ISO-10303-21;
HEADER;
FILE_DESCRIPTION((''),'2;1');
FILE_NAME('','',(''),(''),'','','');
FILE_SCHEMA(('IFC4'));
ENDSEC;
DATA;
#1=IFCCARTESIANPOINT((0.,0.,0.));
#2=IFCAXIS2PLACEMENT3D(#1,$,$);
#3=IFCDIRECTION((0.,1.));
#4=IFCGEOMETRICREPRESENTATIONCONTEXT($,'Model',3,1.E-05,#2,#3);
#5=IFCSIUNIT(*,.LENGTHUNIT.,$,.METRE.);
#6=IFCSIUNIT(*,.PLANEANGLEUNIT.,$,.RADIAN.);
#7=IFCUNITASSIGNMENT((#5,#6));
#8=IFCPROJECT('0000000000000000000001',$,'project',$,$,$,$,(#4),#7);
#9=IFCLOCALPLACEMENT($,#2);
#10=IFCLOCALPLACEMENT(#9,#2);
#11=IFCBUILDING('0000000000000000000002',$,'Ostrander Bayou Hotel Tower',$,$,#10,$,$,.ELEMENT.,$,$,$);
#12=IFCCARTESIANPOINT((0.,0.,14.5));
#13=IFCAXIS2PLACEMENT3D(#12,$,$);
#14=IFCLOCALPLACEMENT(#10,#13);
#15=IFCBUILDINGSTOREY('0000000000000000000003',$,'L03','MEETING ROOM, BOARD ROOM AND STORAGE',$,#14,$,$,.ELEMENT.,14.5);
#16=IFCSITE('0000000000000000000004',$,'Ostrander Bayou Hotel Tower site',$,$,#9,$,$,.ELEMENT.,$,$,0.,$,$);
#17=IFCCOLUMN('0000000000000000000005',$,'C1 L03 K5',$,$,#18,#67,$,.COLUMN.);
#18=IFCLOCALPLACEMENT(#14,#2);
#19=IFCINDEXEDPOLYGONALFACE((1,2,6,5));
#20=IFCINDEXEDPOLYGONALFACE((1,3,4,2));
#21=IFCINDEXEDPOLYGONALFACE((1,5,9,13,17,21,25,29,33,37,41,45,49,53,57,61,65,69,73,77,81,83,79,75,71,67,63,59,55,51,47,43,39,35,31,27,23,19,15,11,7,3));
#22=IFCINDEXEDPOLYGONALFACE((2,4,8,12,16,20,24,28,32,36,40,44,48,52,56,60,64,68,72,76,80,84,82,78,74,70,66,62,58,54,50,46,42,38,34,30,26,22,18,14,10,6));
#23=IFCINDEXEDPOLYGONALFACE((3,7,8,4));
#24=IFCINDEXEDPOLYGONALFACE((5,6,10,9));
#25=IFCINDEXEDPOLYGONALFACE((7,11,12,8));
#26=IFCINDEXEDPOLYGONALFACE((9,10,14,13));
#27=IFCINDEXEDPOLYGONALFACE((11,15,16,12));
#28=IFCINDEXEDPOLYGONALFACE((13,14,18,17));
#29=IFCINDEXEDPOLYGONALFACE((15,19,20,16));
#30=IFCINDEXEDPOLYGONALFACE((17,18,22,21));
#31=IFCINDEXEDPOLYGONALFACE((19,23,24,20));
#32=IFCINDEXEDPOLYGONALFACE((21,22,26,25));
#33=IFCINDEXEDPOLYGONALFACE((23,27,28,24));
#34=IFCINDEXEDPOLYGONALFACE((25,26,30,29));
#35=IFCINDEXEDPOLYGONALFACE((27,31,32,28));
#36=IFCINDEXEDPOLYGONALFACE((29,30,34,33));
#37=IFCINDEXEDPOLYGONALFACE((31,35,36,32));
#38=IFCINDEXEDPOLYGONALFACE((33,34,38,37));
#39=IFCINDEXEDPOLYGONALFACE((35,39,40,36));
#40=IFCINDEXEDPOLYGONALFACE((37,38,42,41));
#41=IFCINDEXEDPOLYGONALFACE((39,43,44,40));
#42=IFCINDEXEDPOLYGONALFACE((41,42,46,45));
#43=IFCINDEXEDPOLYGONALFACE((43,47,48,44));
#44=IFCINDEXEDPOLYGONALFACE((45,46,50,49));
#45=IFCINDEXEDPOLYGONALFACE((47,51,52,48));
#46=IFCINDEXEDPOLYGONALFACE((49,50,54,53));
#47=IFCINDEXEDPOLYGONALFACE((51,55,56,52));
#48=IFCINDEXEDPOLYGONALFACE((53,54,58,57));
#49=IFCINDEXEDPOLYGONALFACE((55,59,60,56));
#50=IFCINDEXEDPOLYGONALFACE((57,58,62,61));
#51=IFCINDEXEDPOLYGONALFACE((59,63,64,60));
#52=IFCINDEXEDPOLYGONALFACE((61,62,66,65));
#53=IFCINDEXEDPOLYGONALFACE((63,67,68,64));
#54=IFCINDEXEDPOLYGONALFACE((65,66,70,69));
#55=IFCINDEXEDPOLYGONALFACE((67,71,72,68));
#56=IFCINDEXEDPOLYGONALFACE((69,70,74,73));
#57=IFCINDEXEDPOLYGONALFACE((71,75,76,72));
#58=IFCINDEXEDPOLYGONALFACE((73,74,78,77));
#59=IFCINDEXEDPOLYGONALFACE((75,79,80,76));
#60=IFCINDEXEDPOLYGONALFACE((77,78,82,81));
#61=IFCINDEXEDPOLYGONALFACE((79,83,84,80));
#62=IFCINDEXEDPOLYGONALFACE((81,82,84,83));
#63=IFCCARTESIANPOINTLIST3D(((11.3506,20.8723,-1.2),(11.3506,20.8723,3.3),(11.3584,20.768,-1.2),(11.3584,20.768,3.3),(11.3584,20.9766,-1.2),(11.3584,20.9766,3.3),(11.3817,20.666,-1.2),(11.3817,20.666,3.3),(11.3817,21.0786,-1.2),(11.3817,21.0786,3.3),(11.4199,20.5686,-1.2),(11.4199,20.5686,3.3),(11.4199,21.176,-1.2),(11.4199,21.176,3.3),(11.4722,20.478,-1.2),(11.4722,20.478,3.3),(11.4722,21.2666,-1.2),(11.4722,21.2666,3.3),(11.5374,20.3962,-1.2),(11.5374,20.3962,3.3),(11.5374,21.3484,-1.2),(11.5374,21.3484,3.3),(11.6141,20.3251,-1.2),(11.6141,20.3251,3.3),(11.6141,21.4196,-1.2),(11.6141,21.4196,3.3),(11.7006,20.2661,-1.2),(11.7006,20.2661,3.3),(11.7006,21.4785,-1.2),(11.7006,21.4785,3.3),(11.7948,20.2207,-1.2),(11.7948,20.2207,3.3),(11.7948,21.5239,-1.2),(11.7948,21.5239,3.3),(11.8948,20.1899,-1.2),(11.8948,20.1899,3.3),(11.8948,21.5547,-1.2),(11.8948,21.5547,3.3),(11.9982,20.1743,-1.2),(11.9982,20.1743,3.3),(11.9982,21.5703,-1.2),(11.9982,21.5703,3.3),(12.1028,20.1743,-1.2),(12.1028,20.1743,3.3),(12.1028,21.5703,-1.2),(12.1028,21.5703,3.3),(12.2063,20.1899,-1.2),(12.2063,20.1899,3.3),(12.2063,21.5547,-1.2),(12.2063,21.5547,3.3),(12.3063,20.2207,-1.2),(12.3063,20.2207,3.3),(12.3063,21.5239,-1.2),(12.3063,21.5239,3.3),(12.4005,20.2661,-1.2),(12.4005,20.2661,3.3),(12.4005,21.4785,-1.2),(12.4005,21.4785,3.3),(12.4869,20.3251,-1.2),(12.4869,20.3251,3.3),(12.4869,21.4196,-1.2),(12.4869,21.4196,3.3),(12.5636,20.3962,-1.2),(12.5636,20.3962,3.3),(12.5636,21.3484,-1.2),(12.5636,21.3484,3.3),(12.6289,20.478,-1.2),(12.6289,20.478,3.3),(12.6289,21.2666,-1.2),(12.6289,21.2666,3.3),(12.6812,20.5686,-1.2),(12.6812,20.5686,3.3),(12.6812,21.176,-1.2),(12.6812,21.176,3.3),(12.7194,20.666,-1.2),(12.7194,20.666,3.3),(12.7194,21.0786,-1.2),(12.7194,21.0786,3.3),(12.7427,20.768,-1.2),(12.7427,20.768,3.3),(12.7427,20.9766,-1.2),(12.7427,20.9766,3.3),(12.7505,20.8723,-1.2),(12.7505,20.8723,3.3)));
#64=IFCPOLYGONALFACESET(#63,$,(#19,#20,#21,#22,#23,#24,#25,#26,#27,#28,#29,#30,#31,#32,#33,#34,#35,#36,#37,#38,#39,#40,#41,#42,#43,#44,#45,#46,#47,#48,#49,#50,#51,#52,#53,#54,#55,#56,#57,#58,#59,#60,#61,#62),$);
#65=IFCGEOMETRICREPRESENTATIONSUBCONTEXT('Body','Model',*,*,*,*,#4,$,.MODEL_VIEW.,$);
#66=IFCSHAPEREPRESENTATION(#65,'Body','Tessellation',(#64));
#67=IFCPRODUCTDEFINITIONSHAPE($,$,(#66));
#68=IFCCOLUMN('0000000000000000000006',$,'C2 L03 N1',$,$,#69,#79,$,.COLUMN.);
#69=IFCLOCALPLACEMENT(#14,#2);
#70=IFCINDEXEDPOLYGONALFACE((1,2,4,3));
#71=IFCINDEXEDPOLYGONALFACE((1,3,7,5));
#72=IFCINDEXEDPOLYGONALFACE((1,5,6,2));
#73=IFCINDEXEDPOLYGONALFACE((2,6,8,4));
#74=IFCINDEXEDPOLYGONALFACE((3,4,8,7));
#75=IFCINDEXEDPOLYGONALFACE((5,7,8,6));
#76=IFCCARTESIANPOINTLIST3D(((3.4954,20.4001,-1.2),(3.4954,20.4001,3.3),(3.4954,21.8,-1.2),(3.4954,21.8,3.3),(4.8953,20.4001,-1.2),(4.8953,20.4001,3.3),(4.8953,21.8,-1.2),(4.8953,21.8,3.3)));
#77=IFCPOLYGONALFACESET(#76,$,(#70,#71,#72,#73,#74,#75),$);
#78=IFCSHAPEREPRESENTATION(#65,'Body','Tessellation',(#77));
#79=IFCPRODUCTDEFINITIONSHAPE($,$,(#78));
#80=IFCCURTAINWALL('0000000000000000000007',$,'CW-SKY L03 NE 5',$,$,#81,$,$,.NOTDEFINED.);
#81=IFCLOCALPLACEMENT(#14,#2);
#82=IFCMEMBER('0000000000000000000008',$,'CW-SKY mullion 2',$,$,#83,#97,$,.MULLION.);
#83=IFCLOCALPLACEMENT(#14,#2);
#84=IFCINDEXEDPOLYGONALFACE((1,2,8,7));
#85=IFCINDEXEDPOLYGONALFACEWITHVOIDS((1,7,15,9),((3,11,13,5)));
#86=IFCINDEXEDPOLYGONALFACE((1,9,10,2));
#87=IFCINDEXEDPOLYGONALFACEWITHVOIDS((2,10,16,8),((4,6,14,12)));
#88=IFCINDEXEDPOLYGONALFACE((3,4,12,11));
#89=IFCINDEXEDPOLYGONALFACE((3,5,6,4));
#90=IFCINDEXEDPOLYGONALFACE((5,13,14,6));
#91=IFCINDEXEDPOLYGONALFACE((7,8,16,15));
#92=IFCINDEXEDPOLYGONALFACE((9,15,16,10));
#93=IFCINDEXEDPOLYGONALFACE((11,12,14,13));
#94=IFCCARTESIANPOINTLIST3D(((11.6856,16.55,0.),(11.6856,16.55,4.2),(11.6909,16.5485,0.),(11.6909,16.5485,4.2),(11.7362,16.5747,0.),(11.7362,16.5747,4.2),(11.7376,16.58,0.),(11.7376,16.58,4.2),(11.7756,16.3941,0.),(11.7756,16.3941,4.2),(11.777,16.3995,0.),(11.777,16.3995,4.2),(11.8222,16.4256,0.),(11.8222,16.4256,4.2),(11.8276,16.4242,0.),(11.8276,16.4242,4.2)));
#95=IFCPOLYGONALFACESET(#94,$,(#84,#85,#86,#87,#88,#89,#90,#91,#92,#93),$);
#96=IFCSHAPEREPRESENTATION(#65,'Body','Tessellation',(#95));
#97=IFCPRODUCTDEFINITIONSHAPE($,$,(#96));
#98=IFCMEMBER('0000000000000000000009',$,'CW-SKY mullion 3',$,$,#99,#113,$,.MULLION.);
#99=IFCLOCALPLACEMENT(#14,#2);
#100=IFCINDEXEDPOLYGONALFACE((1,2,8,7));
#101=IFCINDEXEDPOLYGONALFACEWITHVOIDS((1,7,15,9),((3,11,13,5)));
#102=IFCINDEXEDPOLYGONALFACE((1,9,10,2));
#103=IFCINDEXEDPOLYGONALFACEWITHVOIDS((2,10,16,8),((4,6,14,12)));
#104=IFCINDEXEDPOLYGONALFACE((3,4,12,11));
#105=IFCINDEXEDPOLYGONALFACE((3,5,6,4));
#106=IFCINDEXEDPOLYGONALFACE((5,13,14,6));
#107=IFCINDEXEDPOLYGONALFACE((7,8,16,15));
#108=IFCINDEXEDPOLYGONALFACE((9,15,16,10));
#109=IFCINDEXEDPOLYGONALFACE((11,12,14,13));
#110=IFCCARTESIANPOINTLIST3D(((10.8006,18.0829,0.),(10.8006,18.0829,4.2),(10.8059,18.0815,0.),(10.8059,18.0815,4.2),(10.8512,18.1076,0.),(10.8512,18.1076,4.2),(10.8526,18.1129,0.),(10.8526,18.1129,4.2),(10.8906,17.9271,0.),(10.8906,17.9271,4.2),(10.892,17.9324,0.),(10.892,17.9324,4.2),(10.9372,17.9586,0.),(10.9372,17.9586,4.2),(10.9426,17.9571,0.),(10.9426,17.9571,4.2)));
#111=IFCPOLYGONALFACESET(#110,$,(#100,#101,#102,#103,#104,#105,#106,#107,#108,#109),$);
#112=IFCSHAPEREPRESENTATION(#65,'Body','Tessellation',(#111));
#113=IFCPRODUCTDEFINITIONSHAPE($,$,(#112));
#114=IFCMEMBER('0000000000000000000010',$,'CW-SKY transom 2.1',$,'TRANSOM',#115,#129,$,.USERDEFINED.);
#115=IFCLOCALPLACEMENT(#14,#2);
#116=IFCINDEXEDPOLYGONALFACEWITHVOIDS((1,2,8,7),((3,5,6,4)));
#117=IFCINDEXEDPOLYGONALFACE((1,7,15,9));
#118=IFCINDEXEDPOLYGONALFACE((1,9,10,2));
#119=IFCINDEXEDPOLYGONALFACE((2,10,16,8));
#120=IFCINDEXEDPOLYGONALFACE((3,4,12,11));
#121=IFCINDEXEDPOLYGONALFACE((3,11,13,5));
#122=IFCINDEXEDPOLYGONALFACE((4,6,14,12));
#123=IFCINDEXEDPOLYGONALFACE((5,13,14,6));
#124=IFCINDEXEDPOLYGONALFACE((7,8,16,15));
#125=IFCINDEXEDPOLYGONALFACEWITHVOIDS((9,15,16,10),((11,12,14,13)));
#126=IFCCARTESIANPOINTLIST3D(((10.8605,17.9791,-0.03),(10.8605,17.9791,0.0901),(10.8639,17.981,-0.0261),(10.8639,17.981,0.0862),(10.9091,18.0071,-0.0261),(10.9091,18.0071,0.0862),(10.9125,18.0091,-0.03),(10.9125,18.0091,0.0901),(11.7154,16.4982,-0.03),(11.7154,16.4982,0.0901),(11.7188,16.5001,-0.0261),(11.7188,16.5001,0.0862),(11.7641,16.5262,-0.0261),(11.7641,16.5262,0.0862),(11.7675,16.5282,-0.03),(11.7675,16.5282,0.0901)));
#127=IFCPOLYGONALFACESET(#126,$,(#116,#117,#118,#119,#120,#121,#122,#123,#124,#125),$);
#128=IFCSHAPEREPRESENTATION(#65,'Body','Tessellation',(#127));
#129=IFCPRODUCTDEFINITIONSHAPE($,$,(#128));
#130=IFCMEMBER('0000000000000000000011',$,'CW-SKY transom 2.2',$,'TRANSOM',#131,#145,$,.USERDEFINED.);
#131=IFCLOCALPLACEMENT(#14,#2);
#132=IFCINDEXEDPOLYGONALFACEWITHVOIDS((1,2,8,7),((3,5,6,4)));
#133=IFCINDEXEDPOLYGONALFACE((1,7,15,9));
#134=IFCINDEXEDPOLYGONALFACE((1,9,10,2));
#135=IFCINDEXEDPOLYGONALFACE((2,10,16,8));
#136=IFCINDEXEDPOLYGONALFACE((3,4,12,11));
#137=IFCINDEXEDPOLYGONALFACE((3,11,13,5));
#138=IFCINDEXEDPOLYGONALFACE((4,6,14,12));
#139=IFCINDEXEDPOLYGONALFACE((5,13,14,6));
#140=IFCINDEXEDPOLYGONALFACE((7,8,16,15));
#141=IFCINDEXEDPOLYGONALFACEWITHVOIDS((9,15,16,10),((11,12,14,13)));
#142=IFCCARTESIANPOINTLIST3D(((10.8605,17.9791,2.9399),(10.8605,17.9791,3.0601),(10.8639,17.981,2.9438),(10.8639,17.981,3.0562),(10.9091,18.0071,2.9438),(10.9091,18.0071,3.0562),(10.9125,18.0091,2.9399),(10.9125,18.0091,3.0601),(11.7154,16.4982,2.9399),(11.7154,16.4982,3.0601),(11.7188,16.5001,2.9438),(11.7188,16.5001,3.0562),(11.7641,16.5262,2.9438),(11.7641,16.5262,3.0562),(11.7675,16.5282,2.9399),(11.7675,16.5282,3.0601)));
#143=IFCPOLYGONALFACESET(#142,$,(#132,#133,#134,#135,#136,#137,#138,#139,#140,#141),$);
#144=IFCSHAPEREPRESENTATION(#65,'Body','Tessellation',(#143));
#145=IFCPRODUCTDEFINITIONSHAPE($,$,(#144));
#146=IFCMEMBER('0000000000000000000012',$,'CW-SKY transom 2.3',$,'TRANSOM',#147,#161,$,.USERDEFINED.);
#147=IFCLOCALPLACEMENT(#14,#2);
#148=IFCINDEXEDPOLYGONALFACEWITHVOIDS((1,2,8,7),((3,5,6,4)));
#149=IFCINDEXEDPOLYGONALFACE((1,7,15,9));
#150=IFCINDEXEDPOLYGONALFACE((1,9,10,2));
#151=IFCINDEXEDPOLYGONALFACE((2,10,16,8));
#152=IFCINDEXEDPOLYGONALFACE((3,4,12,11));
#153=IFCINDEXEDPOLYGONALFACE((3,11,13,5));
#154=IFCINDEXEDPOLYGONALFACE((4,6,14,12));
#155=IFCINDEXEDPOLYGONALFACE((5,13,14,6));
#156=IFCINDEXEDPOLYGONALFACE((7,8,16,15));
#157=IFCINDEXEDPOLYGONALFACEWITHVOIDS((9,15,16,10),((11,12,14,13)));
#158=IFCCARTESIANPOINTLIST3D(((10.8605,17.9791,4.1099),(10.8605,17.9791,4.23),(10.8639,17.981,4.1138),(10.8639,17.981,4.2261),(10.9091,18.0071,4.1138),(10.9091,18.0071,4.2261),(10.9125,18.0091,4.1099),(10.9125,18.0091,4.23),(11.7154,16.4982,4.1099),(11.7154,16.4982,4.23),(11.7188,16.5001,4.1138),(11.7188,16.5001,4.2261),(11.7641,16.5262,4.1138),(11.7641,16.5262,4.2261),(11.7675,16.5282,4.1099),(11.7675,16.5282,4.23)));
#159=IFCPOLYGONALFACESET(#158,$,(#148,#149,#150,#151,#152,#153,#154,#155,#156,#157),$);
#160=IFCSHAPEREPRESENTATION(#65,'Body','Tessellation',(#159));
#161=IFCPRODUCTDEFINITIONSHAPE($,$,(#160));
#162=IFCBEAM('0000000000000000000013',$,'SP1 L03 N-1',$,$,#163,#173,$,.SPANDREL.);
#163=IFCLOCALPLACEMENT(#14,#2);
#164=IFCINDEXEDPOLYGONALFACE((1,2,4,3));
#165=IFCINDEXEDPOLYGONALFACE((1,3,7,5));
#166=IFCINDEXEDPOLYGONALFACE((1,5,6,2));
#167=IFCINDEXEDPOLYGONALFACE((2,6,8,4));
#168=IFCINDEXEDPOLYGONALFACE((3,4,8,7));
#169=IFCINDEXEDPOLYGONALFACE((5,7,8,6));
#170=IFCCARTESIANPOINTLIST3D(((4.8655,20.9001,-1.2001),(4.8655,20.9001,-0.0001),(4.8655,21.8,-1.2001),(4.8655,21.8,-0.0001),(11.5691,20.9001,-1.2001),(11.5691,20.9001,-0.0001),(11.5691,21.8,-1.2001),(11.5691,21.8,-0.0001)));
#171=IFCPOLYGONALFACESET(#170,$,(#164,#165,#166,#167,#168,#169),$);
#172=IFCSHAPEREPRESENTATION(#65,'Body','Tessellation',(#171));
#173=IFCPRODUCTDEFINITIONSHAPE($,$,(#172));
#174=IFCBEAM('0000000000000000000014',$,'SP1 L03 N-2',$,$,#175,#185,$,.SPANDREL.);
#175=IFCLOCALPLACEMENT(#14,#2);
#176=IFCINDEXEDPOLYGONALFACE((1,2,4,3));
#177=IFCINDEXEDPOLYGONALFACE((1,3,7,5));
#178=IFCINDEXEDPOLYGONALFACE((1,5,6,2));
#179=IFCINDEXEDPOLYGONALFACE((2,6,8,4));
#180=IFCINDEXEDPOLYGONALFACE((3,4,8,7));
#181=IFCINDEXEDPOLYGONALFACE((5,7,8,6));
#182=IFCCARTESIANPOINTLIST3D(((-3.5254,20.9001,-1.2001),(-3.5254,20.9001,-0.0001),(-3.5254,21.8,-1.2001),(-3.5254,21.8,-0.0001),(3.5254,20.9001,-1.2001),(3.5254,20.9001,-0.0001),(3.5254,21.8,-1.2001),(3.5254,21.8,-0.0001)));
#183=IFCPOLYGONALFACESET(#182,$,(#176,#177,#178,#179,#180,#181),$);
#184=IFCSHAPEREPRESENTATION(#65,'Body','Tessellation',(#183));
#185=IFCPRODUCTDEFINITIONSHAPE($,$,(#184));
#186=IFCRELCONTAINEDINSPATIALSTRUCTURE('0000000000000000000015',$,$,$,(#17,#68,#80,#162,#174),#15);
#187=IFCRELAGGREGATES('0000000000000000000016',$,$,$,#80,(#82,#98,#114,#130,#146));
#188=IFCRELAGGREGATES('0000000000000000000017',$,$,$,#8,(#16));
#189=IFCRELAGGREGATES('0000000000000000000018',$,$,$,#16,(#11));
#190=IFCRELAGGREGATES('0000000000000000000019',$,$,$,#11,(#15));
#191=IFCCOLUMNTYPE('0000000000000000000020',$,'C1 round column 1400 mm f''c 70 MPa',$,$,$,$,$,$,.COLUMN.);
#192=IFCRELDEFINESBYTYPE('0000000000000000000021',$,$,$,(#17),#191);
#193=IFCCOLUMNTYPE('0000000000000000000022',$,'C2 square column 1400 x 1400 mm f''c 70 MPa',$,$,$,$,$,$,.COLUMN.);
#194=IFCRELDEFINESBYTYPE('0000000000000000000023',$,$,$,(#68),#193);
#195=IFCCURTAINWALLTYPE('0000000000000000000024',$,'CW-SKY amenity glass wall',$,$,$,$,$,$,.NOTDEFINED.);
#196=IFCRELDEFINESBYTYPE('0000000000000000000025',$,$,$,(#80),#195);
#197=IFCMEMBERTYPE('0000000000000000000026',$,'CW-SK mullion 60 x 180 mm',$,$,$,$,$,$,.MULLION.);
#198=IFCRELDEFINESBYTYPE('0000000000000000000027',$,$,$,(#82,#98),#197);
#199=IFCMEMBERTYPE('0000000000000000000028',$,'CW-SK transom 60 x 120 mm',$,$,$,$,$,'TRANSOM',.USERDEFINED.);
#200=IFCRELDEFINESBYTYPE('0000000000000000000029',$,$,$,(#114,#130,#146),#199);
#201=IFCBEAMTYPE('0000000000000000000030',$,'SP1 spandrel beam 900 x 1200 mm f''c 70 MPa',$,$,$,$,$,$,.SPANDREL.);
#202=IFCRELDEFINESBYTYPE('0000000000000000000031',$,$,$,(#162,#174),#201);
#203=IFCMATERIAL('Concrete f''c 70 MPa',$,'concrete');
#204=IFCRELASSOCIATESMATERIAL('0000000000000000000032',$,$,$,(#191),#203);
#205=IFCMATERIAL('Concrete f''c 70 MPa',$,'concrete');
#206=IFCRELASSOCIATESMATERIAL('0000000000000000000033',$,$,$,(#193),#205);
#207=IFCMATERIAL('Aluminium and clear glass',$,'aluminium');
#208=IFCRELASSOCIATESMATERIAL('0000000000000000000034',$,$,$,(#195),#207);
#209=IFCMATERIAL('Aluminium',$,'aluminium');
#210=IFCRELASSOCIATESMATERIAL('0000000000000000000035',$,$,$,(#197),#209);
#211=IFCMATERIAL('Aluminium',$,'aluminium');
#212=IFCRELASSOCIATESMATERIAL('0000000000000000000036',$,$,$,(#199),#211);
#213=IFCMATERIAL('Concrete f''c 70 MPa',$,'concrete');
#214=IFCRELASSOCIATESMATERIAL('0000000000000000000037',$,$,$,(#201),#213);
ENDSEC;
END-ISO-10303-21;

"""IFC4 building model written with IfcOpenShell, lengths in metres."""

from ifc_helpers import new_model, si_unit, direction, frame, origin, origin_2d, place, context, subcontext, project, spatial, rectangle, hollow_rectangle, circle, extrude, material, material_profile, profile_set, type_object, element, aggregate, save


model = new_model("IFC4")

# Units and contexts
model_context = context("Model", 3, precision=1e-05, world=origin(), true_north=direction((0.0, 1.0)))
body_context = subcontext(model_context, "Body", "Model", "MODEL_VIEW")
ifc_project = project(units=[si_unit("LENGTHUNIT", "METRE"), si_unit("PLANEANGLEUNIT", "RADIAN")], contexts=[model_context])

# Site, building, storey
site_placement = place(None, origin())
site = spatial("IfcSite", under=ifc_project, at=site_placement, Name="Ostrander Bayou Hotel Tower site", CompositionType="ELEMENT", RefElevation=0.0)
building_placement = place(site_placement, origin())
building = spatial("IfcBuilding", under=site, at=building_placement, Name="Ostrander Bayou Hotel Tower", CompositionType="ELEMENT")
storey_placement = place(building_placement, frame((0.0, 0.0, 14.5)))
storey = spatial("IfcBuildingStorey", under=building, at=storey_placement, Name="L03", Description="MEETING ROOM, BOARD ROOM AND STORAGE", CompositionType="ELEMENT", Elevation=14.5)

# Columns
ifc_material_1 = material(Name="Concrete f'c 70 MPa", Category="concrete")
ifc_material_profile_1 = material_profile(ifc_material_1, circle(Radius=0.7, at=origin_2d()))
ifc_profile_set_1 = profile_set([ifc_material_profile_1], Name="Concrete f'c 70 MPa")
column_type_1 = type_object("IfcColumnType", Name="C1 round column 1400 mm f'c 70 MPa", PredefinedType="COLUMN", material=ifc_profile_set_1)
column_1_placement = place(storey_placement, frame((12.0505, 20.8723, -1.2), z_axis=(0.0, 0.0, 1.0), x_axis=(1.0, 0.0, 0.0)))
element("IfcColumn", 1, at=column_1_placement, inside=storey, type_object=column_type_1, Name="C1 L03 K5", PredefinedType="COLUMN", context=body_context, shape_type="SweptSolid", body=[
    extrude(circle(Radius=0.7, at=origin_2d()), origin(), (0.0, 0.0, 1.0), 4.5),
])
ifc_material_2 = material(Name="Concrete f'c 70 MPa", Category="concrete")
ifc_material_profile_2 = material_profile(ifc_material_2, rectangle(XDim=1.3999, YDim=1.3999, at=origin_2d()))
ifc_profile_set_2 = profile_set([ifc_material_profile_2], Name="Concrete f'c 70 MPa")
column_type_2 = type_object("IfcColumnType", Name="C2 square column 1400 x 1400 mm f'c 70 MPa", PredefinedType="COLUMN", material=ifc_profile_set_2)
column_2_placement = place(storey_placement, frame((4.1953, 21.1001, -1.2), z_axis=(0.0, 0.0, 1.0), x_axis=(1.0, 0.0, 0.0)))
element("IfcColumn", 2, at=column_2_placement, inside=storey, type_object=column_type_2, Name="C2 L03 N1", PredefinedType="COLUMN", context=body_context, shape_type="SweptSolid", body=[
    extrude(rectangle(XDim=1.3999, YDim=1.3999, at=origin_2d()), origin(), (0.0, 0.0, 1.0), 4.5),
])

# Curtain wall, members
ifc_material_3 = material(Name="Aluminium and clear glass", Category="aluminium")
curtain_wall_type = type_object("IfcCurtainWallType", Name="CW-SKY amenity glass wall", PredefinedType="NOTDEFINED", material=ifc_material_3)
curtain_wall_placement = place(storey_placement, origin())
curtain_wall = element("IfcCurtainWall", 3, at=curtain_wall_placement, inside=storey, type_object=curtain_wall_type, Name="CW-SKY L03 NE 5", PredefinedType="NOTDEFINED")
ifc_material_4 = material(Name="Aluminium", Category="aluminium")
ifc_material_profile_3 = material_profile(ifc_material_4, hollow_rectangle(XDim=0.0601, YDim=0.1799, WallThickness=0.0039, at=origin_2d()))
ifc_profile_set_3 = profile_set([ifc_material_profile_3], Name="Aluminium")
member_type_1 = type_object("IfcMemberType", Name="CW-SK mullion 60 x 180 mm", PredefinedType="MULLION", material=ifc_profile_set_3)
member_1_placement = place(storey_placement, frame((11.7566, 16.4871, 0.0), z_axis=(0.0, 0.0, 1.0), x_axis=(-0.866026, -0.499999, 0.0)))
member_1 = element("IfcMember", 4, at=member_1_placement, type_object=member_type_1, Name="CW-SKY mullion 2", PredefinedType="MULLION", context=body_context, shape_type="SweptSolid", body=[
    extrude(hollow_rectangle(XDim=0.0601, YDim=0.1799, WallThickness=0.0039, at=origin_2d()), origin(), (0.0, 0.0, 1.0), 4.2),
])
member_2_placement = place(storey_placement, frame((10.8716, 18.02, 0.0), z_axis=(0.0, 0.0, 1.0), x_axis=(-0.866026, -0.499999, 0.0)))
member_2 = element("IfcMember", 5, at=member_2_placement, type_object=member_type_1, Name="CW-SKY mullion 3", PredefinedType="MULLION", context=body_context, shape_type="SweptSolid", body=[
    extrude(hollow_rectangle(XDim=0.0601, YDim=0.1799, WallThickness=0.0039, at=origin_2d()), origin(), (0.0, 0.0, 1.0), 4.2),
])
ifc_material_5 = material(Name="Aluminium", Category="aluminium")
ifc_material_profile_4 = material_profile(ifc_material_5, hollow_rectangle(XDim=0.0601, YDim=0.1201, WallThickness=0.0039, at=origin_2d()))
ifc_profile_set_4 = profile_set([ifc_material_profile_4], Name="Aluminium")
member_type_2 = type_object("IfcMemberType", Name="CW-SK transom 60 x 120 mm", ElementType="TRANSOM", PredefinedType="USERDEFINED", material=ifc_profile_set_4)
member_3_placement = place(storey_placement, frame((11.7415, 16.5132, 0.03), z_axis=(-0.499978, 0.866038, 0.0), x_axis=(-0.866038, -0.499978, 0.0)))
member_3 = element("IfcMember", 6, at=member_3_placement, type_object=member_type_2, Name="CW-SKY transom 2.1", ObjectType="TRANSOM", PredefinedType="USERDEFINED", context=body_context, shape_type="SweptSolid", body=[
    extrude(hollow_rectangle(XDim=0.0601, YDim=0.1201, WallThickness=0.0039, at=origin_2d()), origin(), (0.0, 0.0, 1.0), 1.71),
])
member_4_placement = place(storey_placement, frame((11.7415, 16.5132, 3.0), z_axis=(-0.499978, 0.866038, 0.0), x_axis=(-0.866038, -0.499978, 0.0)))
member_4 = element("IfcMember", 7, at=member_4_placement, type_object=member_type_2, Name="CW-SKY transom 2.2", ObjectType="TRANSOM", PredefinedType="USERDEFINED", context=body_context, shape_type="SweptSolid", body=[
    extrude(hollow_rectangle(XDim=0.0601, YDim=0.1201, WallThickness=0.0039, at=origin_2d()), origin(), (0.0, 0.0, 1.0), 1.71),
])
member_5_placement = place(storey_placement, frame((11.7415, 16.5132, 4.1699), z_axis=(-0.499978, 0.866038, 0.0), x_axis=(-0.866038, -0.499978, 0.0)))
member_5 = element("IfcMember", 8, at=member_5_placement, type_object=member_type_2, Name="CW-SKY transom 2.3", ObjectType="TRANSOM", PredefinedType="USERDEFINED", context=body_context, shape_type="SweptSolid", body=[
    extrude(hollow_rectangle(XDim=0.0601, YDim=0.1201, WallThickness=0.0039, at=origin_2d()), origin(), (0.0, 0.0, 1.0), 1.71),
])

# Beams
ifc_material_6 = material(Name="Concrete f'c 70 MPa", Category="concrete")
ifc_material_profile_5 = material_profile(ifc_material_6, rectangle(XDim=0.8999, YDim=1.2, at=origin_2d()))
ifc_profile_set_5 = profile_set([ifc_material_profile_5], Name="Concrete f'c 70 MPa")
beam_type = type_object("IfcBeamType", Name="SP1 spandrel beam 900 x 1200 mm f'c 70 MPa", PredefinedType="SPANDREL", material=ifc_profile_set_5)
beam_1_placement = place(storey_placement, frame((11.5691, 21.3501, -0.6001), z_axis=(-1.0, 0.0, 0.0), x_axis=(0.0, -1.0, 0.0)))
element("IfcBeam", 9, at=beam_1_placement, inside=storey, type_object=beam_type, Name="SP1 L03 N-1", PredefinedType="SPANDREL", context=body_context, shape_type="SweptSolid", body=[
    extrude(rectangle(XDim=0.8999, YDim=1.2, at=origin_2d()), origin(), (0.0, 0.0, 1.0), 6.7036),
])
beam_2_placement = place(storey_placement, frame((3.5254, 21.3501, -0.6001), z_axis=(-1.0, 0.0, 0.0), x_axis=(0.0, -1.0, 0.0)))
element("IfcBeam", 10, at=beam_2_placement, inside=storey, type_object=beam_type, Name="SP1 L03 N-2", PredefinedType="SPANDREL", context=body_context, shape_type="SweptSolid", body=[
    extrude(rectangle(XDim=0.8999, YDim=1.2, at=origin_2d()), origin(), (0.0, 0.0, 1.0), 7.0508),
])

aggregate(curtain_wall, [member_1, member_2, member_3, member_4, member_5])

save(model, "model.ifc")
